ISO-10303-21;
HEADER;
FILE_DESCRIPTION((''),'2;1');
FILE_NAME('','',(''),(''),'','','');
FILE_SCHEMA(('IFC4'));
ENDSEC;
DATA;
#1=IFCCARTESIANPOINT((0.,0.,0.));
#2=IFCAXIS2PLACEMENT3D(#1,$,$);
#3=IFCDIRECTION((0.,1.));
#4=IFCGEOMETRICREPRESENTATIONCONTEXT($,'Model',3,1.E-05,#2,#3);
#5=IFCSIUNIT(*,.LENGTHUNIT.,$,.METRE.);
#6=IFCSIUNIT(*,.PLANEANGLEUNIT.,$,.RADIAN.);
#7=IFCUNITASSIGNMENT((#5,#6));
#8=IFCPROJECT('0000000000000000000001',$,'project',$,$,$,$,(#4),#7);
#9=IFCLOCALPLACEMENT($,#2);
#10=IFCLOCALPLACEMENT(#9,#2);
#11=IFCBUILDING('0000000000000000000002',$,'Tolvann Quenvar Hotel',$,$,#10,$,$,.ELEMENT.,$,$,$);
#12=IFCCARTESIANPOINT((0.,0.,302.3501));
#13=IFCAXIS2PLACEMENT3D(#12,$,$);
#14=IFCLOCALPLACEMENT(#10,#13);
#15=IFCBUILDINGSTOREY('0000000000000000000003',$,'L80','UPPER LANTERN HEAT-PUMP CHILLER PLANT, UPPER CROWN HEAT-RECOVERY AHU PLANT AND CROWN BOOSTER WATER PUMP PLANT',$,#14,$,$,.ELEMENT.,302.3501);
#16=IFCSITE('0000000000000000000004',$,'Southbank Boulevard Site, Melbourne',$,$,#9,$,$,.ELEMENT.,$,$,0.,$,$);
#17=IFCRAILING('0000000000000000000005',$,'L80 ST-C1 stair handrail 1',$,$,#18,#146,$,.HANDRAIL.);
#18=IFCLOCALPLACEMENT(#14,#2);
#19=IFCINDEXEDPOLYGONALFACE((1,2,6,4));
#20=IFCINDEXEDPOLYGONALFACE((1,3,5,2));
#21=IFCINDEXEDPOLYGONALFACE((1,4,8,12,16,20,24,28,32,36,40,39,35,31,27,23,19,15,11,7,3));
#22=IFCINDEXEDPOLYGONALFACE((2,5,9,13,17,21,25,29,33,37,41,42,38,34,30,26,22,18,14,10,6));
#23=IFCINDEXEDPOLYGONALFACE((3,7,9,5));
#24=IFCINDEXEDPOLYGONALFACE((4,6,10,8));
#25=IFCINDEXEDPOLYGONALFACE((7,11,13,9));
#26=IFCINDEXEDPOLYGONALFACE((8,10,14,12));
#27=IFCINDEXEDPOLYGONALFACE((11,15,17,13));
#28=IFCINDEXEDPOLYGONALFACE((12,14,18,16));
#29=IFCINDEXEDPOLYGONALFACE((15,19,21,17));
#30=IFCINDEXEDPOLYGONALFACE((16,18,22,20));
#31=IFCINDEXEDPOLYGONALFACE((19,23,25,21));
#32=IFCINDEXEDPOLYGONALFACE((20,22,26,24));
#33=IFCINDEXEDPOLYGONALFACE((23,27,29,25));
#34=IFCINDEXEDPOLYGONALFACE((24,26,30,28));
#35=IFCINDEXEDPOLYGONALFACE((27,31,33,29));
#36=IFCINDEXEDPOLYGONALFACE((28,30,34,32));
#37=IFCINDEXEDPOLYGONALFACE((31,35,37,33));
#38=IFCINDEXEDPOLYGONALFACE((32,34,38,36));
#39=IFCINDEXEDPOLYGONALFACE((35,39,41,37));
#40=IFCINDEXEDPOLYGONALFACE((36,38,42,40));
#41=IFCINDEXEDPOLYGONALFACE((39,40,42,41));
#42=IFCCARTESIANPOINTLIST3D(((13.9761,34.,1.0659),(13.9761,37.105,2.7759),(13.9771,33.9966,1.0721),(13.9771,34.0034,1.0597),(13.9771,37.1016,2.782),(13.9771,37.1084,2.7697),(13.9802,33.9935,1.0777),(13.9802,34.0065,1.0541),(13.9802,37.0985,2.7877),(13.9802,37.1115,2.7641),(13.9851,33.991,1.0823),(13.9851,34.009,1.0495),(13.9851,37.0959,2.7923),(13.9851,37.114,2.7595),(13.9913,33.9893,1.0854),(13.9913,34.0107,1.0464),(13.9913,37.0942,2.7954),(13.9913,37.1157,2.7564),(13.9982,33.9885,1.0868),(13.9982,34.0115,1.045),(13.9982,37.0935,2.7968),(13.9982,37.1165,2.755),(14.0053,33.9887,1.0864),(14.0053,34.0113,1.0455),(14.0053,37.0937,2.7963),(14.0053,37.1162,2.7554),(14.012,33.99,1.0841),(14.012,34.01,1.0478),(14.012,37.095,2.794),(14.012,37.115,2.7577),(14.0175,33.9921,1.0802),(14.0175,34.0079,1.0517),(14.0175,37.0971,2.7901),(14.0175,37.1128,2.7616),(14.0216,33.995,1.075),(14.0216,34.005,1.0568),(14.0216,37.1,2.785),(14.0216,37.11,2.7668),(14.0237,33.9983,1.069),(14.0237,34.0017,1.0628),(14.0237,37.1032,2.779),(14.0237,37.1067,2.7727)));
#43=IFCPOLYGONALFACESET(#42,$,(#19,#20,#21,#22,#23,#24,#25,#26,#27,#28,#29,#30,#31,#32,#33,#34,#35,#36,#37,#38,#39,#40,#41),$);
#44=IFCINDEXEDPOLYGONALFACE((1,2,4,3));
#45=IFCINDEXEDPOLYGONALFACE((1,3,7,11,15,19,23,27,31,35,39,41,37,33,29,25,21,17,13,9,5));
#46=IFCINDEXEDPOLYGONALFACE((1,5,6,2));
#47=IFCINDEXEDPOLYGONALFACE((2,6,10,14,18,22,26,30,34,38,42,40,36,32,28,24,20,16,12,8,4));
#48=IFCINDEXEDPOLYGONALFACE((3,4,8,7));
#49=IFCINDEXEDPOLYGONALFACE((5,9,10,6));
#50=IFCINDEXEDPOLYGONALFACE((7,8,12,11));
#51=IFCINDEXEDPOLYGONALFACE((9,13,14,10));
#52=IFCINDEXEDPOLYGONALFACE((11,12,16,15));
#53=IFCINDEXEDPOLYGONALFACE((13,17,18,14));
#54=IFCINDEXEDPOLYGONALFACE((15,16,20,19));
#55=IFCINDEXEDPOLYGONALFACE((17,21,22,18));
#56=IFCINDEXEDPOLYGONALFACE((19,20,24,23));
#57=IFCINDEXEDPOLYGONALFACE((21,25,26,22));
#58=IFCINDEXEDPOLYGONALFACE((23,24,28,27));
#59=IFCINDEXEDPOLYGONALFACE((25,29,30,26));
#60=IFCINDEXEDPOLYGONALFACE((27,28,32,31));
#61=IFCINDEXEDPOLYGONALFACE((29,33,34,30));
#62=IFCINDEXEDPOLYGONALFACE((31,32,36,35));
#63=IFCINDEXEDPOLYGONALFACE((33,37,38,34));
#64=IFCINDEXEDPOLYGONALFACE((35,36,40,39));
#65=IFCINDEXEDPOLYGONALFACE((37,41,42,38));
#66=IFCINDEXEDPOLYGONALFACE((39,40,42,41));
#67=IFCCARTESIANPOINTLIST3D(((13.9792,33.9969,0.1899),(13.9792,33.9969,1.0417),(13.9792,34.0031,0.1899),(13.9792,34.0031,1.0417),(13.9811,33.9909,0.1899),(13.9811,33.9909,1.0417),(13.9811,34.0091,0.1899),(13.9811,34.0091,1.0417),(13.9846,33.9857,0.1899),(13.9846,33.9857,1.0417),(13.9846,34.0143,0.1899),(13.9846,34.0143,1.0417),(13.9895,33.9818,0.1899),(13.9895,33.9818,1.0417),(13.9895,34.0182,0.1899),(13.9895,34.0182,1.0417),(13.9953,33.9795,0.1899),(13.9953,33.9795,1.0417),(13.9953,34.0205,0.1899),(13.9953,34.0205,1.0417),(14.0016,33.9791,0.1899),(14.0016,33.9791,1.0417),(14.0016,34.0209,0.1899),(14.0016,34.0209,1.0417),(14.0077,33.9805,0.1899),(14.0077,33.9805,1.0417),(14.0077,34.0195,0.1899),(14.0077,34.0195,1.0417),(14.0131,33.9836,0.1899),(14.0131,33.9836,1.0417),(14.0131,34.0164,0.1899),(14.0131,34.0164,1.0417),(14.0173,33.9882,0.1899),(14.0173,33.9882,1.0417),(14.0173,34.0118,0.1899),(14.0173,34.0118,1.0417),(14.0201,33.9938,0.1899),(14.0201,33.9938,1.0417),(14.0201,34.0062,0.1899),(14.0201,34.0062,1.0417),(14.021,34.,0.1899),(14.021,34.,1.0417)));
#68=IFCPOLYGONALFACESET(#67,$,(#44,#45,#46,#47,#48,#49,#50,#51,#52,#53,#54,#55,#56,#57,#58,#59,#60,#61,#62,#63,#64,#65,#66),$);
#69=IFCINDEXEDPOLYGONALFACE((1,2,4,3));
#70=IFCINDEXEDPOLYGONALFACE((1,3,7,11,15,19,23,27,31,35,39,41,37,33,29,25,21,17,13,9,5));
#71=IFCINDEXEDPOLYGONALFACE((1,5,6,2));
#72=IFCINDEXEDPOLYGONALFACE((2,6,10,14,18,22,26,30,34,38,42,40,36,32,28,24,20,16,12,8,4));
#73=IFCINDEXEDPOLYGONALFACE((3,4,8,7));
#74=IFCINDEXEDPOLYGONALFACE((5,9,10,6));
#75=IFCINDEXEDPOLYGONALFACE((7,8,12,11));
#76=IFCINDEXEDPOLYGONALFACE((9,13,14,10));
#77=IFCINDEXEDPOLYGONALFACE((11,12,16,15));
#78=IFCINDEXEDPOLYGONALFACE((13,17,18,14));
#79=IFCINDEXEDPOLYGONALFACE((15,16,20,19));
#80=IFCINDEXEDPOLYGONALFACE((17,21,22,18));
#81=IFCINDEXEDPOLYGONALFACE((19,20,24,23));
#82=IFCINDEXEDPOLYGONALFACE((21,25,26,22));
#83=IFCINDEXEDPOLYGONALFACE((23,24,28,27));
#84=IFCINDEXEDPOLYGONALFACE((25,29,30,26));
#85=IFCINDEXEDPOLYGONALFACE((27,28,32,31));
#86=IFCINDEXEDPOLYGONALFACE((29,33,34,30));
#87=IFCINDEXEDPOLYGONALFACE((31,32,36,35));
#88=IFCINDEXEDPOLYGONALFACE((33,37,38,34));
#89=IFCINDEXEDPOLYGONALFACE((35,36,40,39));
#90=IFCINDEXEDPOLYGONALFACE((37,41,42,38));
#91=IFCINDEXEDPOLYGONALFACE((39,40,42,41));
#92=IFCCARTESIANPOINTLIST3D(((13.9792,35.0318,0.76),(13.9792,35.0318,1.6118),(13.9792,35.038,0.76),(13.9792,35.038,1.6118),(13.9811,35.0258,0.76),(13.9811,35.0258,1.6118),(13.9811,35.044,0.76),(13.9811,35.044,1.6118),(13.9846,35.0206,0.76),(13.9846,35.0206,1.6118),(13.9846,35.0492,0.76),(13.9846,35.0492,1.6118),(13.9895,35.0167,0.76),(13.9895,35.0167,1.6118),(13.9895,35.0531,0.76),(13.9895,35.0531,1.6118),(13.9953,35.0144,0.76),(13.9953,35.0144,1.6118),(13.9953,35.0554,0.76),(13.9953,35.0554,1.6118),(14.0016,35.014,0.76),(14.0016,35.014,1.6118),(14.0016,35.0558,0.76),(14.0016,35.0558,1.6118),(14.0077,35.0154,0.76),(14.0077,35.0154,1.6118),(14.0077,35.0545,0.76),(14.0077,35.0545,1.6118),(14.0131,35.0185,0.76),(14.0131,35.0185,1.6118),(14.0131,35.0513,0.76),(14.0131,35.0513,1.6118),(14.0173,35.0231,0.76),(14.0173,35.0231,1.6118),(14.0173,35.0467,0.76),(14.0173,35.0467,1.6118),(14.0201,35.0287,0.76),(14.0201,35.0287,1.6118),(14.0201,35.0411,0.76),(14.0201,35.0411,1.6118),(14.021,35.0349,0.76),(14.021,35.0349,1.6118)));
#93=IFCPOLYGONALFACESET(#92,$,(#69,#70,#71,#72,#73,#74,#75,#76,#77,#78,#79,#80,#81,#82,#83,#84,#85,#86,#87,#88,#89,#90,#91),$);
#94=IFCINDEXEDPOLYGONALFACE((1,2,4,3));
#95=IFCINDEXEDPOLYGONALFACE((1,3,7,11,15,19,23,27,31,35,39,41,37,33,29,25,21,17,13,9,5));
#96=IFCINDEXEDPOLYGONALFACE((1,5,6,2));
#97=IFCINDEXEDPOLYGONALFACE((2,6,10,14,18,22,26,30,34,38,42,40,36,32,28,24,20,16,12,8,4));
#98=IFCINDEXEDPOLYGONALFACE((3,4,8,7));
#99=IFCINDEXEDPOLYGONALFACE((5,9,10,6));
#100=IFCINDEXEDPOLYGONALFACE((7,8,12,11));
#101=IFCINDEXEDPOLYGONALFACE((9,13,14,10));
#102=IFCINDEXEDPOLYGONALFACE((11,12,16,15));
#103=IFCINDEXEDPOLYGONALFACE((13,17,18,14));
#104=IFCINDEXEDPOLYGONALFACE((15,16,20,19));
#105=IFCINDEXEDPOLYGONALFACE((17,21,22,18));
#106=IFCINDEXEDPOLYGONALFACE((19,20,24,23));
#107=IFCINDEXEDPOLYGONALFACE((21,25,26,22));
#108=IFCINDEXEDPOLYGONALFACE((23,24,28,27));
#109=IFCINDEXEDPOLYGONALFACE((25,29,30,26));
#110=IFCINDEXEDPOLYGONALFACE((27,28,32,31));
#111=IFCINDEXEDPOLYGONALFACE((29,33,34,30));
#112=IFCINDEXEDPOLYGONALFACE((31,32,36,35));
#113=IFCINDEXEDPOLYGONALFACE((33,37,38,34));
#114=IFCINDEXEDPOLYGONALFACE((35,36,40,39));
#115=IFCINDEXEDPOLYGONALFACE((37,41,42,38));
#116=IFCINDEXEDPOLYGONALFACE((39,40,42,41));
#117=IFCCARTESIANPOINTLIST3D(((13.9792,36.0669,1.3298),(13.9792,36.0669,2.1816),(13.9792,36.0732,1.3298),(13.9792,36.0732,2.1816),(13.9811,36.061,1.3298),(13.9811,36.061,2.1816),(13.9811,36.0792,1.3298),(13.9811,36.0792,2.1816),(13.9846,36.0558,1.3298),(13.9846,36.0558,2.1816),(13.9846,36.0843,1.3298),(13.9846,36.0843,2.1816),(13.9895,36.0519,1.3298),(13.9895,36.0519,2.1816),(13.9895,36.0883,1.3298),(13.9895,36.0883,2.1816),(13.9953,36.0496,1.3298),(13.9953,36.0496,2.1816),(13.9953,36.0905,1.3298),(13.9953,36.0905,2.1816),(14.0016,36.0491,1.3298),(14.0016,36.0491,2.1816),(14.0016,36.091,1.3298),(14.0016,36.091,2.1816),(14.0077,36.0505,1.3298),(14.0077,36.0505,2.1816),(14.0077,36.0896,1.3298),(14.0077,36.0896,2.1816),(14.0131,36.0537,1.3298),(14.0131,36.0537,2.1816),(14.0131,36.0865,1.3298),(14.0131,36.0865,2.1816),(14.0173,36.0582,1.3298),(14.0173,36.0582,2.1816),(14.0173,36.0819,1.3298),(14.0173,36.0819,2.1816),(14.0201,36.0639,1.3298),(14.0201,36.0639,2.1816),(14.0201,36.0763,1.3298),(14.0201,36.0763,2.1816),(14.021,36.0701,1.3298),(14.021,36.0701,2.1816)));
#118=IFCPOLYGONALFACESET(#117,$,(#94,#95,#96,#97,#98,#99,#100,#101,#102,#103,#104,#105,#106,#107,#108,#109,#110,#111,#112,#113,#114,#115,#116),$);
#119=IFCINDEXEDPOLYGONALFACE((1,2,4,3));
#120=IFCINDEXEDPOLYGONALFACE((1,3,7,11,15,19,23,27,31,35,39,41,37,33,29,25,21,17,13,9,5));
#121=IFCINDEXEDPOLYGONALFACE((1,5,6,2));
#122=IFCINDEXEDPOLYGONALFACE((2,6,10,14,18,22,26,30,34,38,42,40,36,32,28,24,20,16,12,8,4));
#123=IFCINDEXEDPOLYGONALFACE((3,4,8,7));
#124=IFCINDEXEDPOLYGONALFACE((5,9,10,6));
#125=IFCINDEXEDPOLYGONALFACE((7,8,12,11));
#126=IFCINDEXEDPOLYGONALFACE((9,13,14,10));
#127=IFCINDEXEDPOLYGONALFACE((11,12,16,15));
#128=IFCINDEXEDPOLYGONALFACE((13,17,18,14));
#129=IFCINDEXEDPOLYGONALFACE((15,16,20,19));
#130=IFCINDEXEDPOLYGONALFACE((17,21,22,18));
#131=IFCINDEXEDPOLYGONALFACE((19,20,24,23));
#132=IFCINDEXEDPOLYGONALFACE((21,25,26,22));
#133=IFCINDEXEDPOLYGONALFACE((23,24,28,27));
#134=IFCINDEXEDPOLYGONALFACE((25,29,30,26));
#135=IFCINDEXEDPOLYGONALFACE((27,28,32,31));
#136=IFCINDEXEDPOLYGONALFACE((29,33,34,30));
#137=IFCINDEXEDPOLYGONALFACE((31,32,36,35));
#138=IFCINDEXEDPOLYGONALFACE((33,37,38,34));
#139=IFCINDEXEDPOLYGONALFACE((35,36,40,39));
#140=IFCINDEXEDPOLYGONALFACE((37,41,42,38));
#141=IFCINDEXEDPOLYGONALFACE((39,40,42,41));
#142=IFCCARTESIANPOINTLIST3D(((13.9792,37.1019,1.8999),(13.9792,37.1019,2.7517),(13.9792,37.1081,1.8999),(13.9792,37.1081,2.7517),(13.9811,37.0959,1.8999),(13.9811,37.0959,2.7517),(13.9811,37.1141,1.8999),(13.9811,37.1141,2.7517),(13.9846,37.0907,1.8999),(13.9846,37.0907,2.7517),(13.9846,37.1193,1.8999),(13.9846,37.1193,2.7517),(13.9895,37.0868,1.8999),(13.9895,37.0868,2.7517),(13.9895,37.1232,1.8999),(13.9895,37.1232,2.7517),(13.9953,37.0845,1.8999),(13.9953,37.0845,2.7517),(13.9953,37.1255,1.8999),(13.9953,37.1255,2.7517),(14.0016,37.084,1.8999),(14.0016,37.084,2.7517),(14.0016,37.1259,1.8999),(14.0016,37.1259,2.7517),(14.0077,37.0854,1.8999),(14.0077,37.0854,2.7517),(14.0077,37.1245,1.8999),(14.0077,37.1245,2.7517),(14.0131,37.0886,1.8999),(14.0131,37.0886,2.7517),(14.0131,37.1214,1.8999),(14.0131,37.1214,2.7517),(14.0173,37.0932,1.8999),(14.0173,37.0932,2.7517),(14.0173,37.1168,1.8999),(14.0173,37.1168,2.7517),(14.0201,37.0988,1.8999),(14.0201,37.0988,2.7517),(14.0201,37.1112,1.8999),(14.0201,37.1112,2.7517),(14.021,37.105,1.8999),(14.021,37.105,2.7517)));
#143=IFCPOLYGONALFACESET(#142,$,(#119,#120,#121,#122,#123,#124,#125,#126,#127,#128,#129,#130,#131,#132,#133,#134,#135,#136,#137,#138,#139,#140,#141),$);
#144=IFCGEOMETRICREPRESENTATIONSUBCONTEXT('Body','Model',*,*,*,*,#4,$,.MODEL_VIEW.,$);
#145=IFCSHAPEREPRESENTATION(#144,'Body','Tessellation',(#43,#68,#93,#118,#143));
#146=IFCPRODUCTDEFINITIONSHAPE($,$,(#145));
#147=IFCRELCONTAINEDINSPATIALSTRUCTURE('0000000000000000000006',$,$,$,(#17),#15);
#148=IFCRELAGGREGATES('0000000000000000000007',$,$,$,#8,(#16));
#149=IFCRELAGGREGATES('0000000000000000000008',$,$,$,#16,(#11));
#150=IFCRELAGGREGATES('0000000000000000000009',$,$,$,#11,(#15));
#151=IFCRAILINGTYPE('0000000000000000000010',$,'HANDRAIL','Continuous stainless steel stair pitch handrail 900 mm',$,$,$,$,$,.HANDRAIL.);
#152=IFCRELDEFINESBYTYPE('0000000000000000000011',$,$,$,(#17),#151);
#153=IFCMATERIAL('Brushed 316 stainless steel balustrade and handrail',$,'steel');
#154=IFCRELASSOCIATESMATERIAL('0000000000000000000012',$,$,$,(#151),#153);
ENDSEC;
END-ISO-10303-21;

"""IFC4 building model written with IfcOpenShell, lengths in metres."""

from ifc_helpers import new_model, si_unit, direction, frame, origin, origin_2d, place, context, subcontext, project, spatial, circle, extrude, material, type_object, element, save


model = new_model("IFC4")

# Units and contexts
model_context = context("Model", 3, precision=1e-05, world=origin(), true_north=direction((0.0, 1.0)))
body_context = subcontext(model_context, "Body", "Model", "MODEL_VIEW")
ifc_project = project(units=[si_unit("LENGTHUNIT", "METRE"), si_unit("PLANEANGLEUNIT", "RADIAN")], contexts=[model_context])

# Site, building, storey
site_placement = place(None, origin())
site = spatial("IfcSite", under=ifc_project, at=site_placement, Name="Southbank Boulevard Site, Melbourne", CompositionType="ELEMENT", RefElevation=0.0)
building_placement = place(site_placement, origin())
building = spatial("IfcBuilding", under=site, at=building_placement, Name="Tolvann Quenvar Hotel", CompositionType="ELEMENT")
storey_placement = place(building_placement, frame((0.0, 0.0, 302.3501)))
storey = spatial("IfcBuildingStorey", under=building, at=storey_placement, Name="L80", Description="UPPER LANTERN HEAT-PUMP CHILLER PLANT, UPPER CROWN HEAT-RECOVERY AHU PLANT AND CROWN BOOSTER WATER PUMP PLANT", CompositionType="ELEMENT", Elevation=302.3501)

# Railing
ifc_material_1 = material(Name="Brushed 316 stainless steel balustrade and handrail", Category="steel")
railing_type_1 = type_object("IfcRailingType", Name="HANDRAIL", Description="Continuous stainless steel stair pitch handrail 900 mm", PredefinedType="HANDRAIL", material=ifc_material_1)
railing_1_placement = place(storey_placement, frame((14.0, 34.0, 0.1899)))
element("IfcRailing", 1, at=railing_1_placement, inside=storey, type_object=railing_type_1, Name="L80 ST-C1 stair handrail 1", PredefinedType="HANDRAIL", context=body_context, shape_type="SweptSolid", body=[
    extrude(circle(Radius=0.0239, at=origin_2d()), frame((0.0, 0.0, 0.876), z_axis=(0.0, 0.875951, 0.4824), x_axis=(-1.0, 0.0, 0.0)), (0.0, 0.0, 1.0), 3.5447),
    extrude(circle(Radius=0.021, at=origin_2d()), origin(), (0.0, 0.0, 1.0), 0.8518),
    extrude(circle(Radius=0.021, at=origin_2d()), frame((0.0, 1.0349, 0.5701)), (0.0, 0.0, 1.0), 0.8518),
    extrude(circle(Radius=0.021, at=origin_2d()), frame((0.0, 2.0701, 1.1399)), (0.0, 0.0, 1.0), 0.8518),
    extrude(circle(Radius=0.021, at=origin_2d()), frame((0.0, 3.105, 1.71)), (0.0, 0.0, 1.0), 0.8518),
])

save(model, "model.ifc")
